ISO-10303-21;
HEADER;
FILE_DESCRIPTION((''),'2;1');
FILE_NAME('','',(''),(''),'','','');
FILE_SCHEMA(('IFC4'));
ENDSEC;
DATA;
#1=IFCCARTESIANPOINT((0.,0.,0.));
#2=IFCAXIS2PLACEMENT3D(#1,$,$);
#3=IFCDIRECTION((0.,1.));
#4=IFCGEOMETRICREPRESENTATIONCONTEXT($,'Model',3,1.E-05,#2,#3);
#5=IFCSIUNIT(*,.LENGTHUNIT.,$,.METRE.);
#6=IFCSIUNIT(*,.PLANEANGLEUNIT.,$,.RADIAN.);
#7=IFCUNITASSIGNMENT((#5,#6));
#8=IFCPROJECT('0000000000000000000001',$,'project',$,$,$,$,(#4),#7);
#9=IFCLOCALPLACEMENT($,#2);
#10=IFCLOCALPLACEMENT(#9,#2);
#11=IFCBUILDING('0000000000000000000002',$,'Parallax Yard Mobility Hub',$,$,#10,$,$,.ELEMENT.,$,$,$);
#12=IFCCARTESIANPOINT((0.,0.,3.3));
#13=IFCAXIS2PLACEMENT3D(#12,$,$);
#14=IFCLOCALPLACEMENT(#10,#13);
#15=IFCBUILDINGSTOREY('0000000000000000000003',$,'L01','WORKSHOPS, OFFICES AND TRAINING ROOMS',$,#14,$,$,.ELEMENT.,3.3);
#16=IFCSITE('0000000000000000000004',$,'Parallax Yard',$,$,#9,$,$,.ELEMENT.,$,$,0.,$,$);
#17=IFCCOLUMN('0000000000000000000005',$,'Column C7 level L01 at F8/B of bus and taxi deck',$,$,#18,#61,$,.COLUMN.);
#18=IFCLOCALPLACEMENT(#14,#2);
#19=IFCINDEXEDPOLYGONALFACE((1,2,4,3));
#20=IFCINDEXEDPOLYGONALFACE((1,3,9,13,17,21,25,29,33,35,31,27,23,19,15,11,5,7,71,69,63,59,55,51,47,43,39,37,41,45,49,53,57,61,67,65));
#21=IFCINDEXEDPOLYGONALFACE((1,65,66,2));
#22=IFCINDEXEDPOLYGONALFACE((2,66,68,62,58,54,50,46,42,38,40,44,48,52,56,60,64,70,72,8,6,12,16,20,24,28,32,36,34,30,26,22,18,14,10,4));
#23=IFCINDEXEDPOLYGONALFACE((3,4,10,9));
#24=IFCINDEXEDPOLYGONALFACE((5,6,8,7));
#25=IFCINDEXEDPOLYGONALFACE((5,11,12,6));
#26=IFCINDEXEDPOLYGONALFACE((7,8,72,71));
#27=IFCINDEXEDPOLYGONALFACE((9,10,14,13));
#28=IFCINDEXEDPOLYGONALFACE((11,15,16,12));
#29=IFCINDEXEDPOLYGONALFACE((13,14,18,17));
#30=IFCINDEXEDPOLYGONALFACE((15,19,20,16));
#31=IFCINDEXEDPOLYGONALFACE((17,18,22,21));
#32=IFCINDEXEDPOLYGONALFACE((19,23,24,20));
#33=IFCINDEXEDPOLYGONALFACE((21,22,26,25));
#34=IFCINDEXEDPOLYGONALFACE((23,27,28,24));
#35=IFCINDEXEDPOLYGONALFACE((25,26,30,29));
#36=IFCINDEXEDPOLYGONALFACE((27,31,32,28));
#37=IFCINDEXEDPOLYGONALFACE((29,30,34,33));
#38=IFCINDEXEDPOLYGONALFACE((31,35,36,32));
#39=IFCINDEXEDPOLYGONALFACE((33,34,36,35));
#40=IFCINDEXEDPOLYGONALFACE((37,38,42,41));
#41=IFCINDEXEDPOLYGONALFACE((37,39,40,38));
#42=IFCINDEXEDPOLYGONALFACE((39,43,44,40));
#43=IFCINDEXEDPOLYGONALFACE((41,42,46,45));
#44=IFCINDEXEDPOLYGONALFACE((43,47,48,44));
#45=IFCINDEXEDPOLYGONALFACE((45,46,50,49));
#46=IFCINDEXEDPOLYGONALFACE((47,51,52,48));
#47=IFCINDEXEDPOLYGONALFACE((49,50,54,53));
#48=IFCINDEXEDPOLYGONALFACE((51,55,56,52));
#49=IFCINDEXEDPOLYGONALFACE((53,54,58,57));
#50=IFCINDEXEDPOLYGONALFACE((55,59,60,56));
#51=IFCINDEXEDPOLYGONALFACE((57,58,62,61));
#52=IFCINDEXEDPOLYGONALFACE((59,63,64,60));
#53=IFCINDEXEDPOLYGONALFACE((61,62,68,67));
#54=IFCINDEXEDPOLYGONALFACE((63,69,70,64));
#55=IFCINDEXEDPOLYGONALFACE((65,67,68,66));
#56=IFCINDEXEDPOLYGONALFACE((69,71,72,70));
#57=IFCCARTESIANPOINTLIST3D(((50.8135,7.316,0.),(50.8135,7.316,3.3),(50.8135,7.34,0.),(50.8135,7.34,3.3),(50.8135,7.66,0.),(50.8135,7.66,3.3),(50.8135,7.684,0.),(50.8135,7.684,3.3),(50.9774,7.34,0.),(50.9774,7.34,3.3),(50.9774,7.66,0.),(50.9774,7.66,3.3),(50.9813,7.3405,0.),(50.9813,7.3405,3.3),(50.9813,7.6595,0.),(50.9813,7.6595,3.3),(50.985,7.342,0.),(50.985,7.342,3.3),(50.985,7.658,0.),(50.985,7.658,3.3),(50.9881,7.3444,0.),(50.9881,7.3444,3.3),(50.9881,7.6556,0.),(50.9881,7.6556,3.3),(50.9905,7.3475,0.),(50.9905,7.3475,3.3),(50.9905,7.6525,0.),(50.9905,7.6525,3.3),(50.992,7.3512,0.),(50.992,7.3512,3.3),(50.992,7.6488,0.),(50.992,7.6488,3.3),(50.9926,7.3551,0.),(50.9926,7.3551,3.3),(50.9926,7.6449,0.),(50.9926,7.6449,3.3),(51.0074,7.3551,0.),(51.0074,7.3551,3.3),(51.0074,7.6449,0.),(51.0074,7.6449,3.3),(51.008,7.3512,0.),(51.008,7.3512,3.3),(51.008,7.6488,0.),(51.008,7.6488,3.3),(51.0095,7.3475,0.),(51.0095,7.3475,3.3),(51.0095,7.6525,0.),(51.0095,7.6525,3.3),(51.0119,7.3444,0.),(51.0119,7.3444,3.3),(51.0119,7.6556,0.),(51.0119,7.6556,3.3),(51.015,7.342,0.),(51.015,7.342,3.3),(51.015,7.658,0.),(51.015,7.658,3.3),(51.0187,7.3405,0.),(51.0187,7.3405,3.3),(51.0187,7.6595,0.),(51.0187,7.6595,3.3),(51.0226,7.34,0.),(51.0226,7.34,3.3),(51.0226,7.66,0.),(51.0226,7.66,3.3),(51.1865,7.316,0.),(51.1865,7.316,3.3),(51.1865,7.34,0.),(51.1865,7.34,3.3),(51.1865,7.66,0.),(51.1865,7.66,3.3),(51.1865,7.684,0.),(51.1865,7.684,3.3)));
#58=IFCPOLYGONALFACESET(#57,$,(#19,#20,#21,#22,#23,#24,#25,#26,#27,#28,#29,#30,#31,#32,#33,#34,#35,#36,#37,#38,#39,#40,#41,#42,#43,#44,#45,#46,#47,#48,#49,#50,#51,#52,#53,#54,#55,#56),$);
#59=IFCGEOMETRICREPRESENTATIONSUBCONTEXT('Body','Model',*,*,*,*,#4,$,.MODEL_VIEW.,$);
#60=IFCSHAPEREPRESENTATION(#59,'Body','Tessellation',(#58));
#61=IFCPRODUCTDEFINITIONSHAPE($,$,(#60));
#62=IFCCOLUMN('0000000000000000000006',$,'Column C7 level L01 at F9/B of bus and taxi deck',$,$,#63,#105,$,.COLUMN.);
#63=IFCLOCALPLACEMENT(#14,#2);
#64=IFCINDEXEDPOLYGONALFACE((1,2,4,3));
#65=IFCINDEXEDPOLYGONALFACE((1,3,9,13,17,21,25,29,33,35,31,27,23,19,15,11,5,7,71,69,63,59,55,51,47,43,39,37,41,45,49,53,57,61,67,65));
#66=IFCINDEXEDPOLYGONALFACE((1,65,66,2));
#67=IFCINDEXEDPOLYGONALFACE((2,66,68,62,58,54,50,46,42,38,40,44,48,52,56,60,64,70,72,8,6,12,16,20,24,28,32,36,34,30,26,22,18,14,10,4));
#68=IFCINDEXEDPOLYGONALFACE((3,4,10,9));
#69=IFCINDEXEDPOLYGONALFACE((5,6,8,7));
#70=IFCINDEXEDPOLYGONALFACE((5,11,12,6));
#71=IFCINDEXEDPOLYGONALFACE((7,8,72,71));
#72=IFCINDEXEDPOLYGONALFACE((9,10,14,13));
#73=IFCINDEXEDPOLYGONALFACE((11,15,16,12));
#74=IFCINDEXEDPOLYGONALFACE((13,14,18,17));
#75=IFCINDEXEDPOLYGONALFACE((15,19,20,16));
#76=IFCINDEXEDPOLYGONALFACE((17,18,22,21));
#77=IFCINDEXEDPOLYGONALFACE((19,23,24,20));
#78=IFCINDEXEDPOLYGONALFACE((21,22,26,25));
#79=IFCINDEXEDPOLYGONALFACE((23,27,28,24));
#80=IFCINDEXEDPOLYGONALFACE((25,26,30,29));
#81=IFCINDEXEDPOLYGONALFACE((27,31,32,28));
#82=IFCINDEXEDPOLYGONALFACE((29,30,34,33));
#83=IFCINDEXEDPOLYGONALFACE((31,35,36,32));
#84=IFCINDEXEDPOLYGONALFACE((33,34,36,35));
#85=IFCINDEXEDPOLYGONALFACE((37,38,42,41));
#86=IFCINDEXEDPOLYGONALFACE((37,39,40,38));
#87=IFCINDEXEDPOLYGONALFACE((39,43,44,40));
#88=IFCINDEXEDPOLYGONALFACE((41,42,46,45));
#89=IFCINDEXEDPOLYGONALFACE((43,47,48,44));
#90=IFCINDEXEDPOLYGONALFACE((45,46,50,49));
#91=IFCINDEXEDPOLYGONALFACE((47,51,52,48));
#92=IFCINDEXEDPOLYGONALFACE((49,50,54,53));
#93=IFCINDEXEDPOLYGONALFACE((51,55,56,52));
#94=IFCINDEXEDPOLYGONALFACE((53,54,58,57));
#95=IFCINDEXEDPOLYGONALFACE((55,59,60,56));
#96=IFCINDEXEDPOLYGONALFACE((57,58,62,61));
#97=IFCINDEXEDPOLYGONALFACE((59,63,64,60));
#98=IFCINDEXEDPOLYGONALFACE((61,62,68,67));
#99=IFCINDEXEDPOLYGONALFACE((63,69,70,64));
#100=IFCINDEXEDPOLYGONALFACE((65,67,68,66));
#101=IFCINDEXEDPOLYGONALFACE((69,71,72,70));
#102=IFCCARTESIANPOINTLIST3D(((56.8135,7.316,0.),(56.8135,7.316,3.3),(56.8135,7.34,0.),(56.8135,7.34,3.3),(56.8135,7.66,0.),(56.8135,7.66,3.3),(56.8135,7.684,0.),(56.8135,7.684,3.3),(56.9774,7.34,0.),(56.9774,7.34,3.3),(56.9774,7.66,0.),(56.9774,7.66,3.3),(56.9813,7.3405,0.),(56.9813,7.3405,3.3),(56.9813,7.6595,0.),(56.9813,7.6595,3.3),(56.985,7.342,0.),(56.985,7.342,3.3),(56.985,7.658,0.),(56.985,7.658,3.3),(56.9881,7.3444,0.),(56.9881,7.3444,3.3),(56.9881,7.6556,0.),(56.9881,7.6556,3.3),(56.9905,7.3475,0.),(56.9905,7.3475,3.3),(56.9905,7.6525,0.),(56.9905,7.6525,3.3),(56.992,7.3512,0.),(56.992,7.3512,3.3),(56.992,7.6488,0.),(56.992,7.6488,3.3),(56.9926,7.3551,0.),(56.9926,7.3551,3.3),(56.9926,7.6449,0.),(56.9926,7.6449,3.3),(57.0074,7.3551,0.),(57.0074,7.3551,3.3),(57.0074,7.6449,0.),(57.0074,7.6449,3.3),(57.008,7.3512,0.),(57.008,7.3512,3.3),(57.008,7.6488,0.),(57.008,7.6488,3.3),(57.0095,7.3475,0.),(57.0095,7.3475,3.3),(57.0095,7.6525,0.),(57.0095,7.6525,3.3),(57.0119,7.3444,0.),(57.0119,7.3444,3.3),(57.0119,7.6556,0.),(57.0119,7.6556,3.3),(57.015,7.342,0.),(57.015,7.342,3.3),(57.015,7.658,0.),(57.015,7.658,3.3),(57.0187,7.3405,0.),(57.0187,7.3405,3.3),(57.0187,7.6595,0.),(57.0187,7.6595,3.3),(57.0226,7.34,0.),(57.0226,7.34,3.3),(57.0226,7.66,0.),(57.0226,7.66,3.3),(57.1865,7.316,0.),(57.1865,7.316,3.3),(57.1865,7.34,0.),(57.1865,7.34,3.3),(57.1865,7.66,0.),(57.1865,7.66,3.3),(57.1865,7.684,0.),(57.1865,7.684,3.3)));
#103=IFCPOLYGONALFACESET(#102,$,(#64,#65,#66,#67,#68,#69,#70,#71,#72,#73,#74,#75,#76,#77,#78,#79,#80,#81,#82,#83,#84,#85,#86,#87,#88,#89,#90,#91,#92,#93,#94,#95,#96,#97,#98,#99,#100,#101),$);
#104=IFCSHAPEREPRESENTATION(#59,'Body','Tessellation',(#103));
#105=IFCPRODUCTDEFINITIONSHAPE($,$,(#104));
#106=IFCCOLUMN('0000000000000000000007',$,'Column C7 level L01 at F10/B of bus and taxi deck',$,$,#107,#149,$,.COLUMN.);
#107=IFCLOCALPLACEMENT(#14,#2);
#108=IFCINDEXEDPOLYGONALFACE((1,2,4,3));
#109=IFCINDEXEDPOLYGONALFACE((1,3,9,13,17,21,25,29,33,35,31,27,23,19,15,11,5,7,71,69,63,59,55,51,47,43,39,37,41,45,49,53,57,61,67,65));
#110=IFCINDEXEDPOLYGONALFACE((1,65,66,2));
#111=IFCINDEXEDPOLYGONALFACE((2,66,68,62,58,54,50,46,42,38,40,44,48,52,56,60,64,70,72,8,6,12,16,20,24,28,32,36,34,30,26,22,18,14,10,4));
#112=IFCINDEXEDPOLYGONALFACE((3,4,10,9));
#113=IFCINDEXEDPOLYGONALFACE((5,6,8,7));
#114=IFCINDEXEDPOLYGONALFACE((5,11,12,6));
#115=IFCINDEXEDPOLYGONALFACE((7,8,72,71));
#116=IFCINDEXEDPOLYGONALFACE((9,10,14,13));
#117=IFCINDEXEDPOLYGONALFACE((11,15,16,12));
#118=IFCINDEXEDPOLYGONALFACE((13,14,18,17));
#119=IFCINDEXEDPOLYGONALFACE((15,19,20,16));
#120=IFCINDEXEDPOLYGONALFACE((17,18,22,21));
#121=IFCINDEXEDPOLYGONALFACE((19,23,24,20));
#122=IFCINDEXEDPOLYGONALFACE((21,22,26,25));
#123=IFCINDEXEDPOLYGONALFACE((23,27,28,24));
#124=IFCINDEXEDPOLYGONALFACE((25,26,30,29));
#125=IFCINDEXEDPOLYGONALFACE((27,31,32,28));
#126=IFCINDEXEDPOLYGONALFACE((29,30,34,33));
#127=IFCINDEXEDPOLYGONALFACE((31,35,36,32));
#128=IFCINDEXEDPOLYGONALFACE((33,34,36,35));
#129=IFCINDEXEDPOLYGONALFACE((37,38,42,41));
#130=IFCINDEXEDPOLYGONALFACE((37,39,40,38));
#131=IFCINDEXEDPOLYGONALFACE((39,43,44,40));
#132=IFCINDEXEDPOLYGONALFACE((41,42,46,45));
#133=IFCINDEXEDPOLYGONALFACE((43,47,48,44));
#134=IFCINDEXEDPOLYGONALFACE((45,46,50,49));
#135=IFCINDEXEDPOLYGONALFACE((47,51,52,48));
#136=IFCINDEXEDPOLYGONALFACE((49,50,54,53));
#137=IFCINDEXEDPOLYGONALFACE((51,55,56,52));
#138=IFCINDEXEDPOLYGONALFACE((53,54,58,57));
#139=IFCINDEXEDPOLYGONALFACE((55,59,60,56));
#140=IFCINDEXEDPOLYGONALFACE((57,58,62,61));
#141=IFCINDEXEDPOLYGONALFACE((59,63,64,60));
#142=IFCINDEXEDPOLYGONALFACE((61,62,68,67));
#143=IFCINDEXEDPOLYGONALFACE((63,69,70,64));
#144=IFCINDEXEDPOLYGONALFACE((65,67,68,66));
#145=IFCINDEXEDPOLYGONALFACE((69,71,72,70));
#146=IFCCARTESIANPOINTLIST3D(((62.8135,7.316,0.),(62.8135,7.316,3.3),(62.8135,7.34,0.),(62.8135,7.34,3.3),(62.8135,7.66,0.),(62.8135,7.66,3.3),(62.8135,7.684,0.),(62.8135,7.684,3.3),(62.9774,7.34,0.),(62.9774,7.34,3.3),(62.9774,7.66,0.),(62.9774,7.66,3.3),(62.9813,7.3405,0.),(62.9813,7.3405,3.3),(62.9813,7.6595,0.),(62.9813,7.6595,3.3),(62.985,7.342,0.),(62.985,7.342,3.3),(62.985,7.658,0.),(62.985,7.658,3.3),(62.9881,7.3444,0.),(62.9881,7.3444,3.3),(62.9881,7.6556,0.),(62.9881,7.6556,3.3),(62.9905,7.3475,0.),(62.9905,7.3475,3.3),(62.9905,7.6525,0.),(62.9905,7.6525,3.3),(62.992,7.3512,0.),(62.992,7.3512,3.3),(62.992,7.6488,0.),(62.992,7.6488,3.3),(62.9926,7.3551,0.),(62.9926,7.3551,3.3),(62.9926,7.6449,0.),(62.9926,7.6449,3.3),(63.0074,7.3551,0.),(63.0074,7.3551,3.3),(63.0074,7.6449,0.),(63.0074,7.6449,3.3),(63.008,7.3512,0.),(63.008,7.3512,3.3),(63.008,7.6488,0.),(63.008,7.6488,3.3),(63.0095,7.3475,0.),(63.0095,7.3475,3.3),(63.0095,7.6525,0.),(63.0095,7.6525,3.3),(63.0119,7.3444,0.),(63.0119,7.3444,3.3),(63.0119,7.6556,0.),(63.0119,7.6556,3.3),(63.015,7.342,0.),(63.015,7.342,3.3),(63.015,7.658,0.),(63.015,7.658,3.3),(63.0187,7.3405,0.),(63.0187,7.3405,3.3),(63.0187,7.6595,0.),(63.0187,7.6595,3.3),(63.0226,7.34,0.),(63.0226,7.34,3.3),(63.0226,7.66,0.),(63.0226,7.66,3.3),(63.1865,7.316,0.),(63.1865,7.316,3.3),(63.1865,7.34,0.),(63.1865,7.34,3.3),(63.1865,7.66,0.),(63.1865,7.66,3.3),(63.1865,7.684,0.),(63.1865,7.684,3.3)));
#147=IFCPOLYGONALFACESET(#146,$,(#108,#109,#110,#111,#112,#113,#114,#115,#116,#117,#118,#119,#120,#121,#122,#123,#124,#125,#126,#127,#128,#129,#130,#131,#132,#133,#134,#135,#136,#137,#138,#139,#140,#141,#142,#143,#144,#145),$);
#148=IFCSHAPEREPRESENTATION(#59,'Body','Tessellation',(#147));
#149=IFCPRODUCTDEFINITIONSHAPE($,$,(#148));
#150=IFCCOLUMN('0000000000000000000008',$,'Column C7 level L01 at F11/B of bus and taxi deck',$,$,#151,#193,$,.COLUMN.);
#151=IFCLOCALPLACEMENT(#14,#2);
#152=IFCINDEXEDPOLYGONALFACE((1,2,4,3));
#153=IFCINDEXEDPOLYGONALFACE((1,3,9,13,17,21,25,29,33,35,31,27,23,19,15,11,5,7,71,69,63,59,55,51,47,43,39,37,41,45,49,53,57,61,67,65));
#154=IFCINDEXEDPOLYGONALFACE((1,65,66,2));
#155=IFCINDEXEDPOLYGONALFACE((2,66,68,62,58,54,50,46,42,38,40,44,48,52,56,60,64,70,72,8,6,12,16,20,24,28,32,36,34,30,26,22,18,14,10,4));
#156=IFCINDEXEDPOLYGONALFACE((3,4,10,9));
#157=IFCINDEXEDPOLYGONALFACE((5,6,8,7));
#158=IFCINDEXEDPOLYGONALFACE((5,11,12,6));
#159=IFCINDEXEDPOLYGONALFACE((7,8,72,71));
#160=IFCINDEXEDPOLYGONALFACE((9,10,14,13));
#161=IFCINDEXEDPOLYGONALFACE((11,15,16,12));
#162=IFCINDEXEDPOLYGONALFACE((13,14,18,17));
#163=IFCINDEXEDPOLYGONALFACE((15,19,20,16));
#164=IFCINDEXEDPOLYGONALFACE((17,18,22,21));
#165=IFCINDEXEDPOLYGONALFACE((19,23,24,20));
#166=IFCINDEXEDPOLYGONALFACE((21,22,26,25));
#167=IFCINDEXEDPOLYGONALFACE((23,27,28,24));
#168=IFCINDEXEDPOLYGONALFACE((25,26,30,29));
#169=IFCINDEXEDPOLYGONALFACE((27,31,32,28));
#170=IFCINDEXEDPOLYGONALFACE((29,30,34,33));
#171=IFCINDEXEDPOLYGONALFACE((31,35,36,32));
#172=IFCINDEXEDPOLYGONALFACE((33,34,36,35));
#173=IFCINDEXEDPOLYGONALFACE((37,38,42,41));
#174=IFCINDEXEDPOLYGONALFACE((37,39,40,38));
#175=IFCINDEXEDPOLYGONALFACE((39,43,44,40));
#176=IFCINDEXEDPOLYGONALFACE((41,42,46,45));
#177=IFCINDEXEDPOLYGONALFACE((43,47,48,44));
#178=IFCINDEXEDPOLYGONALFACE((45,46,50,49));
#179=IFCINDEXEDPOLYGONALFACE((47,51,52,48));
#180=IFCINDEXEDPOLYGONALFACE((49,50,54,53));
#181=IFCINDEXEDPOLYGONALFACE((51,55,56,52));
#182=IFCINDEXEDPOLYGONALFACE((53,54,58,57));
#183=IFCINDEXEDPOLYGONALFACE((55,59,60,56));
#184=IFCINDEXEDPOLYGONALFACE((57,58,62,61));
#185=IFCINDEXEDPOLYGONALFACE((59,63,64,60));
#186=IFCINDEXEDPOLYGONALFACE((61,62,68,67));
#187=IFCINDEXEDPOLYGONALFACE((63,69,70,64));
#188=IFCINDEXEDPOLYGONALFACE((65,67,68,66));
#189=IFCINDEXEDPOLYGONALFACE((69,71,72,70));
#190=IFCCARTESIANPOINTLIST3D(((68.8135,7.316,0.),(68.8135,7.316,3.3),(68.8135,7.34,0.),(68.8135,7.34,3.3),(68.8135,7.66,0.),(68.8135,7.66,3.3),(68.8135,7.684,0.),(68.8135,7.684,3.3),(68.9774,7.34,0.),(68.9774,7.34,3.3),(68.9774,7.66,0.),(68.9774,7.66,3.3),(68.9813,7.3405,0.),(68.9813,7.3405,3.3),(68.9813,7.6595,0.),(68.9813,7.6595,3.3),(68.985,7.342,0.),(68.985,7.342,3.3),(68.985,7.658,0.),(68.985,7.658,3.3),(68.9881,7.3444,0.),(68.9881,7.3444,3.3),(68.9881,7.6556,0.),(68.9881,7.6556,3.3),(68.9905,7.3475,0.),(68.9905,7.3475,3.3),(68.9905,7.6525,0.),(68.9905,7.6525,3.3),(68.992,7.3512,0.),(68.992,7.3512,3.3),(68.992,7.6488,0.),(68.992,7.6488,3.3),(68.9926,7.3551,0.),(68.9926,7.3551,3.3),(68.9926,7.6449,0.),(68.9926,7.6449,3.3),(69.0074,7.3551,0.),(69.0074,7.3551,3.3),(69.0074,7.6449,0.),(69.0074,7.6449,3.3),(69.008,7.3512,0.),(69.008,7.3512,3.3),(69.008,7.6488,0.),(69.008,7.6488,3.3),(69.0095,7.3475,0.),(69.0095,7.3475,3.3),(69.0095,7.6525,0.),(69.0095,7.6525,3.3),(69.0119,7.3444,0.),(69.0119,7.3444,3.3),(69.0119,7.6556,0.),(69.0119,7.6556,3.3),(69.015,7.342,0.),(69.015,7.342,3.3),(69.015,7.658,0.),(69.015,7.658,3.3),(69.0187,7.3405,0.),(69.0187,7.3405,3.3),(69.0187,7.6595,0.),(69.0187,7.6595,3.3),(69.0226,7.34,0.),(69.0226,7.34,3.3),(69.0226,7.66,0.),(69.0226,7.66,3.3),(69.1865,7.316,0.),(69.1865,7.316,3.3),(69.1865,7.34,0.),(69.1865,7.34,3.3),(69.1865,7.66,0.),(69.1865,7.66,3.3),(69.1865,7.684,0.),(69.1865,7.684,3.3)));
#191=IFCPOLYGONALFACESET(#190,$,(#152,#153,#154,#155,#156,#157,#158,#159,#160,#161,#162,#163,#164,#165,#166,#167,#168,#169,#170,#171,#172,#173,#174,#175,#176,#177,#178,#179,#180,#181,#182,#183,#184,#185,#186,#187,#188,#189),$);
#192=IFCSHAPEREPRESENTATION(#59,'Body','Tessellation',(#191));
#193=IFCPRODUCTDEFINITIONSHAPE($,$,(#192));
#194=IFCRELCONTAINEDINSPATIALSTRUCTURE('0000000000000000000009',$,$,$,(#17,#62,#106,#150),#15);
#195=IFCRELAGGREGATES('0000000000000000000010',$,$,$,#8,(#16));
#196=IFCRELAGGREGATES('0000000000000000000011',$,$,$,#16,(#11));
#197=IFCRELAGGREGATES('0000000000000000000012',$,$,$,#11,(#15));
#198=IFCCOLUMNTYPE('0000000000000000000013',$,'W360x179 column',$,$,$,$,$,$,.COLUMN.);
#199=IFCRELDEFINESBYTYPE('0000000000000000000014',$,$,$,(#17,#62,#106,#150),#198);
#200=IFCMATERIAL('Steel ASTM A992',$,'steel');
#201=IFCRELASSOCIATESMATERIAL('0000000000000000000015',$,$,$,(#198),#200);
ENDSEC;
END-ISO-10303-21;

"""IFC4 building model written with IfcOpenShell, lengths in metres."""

from ifc_helpers import new_model, si_unit, direction, frame, origin, origin_2d, place, context, subcontext, project, spatial, i_section, extrude, material, material_profile, profile_set, type_object, element, save


model = new_model("IFC4")

# Units and contexts
model_context = context("Model", 3, precision=1e-05, world=origin(), true_north=direction((0.0, 1.0)))
body_context = subcontext(model_context, "Body", "Model", "MODEL_VIEW")
ifc_project = project(units=[si_unit("LENGTHUNIT", "METRE"), si_unit("PLANEANGLEUNIT", "RADIAN")], contexts=[model_context])

# Site, building, storey
site_placement = place(None, origin())
site = spatial("IfcSite", under=ifc_project, at=site_placement, Name="Parallax Yard", CompositionType="ELEMENT", RefElevation=0.0)
building_placement = place(site_placement, origin())
building = spatial("IfcBuilding", under=site, at=building_placement, Name="Parallax Yard Mobility Hub", CompositionType="ELEMENT")
storey_placement = place(building_placement, frame((0.0, 0.0, 3.3)))
storey = spatial("IfcBuildingStorey", under=building, at=storey_placement, Name="L01", Description="WORKSHOPS, OFFICES AND TRAINING ROOMS", CompositionType="ELEMENT", Elevation=3.3)

# Columns
ifc_material_1 = material(Name="Steel ASTM A992", Category="steel")
ifc_material_profile_1 = material_profile(ifc_material_1, i_section(OverallWidth=0.373, OverallDepth=0.3679, WebThickness=0.0149, FlangeThickness=0.0239, FilletRadius=0.0151, at=origin_2d()), Name="W360x179")
ifc_profile_set_1 = profile_set([ifc_material_profile_1], Name="Steel ASTM A992")
column_type = type_object("IfcColumnType", Name="W360x179 column", PredefinedType="COLUMN", material=ifc_profile_set_1)
for number, where, z_axis, x_axis, name in (
    (1, (51.0, 7.5, 0.0), (0.0, 0.0, 1.0), (1.0, 0.0, 0.0), "Column C7 level L01 at F8/B of bus and taxi deck"),
    (2, (57.0, 7.5, 0.0), (0.0, 0.0, 1.0), (1.0, 0.0, 0.0), "Column C7 level L01 at F9/B of bus and taxi deck"),
    (3, (63.0, 7.5, 0.0), (0.0, 0.0, 1.0), (1.0, 0.0, 0.0), "Column C7 level L01 at F10/B of bus and taxi deck"),
    (4, (69.0, 7.5, 0.0), (0.0, 0.0, 1.0), (1.0, 0.0, 0.0), "Column C7 level L01 at F11/B of bus and taxi deck"),
):
    element("IfcColumn", number, at=place(storey_placement, frame(where, z_axis=z_axis, x_axis=x_axis)), inside=storey, type_object=column_type, Name=name, PredefinedType="COLUMN", context=body_context, shape_type="SweptSolid", body=[
        extrude(i_section(OverallWidth=0.373, OverallDepth=0.3679, WebThickness=0.0149, FlangeThickness=0.0239, FilletRadius=0.0151, at=origin_2d()), origin(), (0.0, 0.0, 1.0), 3.3),
    ])

save(model, "model.ifc")
